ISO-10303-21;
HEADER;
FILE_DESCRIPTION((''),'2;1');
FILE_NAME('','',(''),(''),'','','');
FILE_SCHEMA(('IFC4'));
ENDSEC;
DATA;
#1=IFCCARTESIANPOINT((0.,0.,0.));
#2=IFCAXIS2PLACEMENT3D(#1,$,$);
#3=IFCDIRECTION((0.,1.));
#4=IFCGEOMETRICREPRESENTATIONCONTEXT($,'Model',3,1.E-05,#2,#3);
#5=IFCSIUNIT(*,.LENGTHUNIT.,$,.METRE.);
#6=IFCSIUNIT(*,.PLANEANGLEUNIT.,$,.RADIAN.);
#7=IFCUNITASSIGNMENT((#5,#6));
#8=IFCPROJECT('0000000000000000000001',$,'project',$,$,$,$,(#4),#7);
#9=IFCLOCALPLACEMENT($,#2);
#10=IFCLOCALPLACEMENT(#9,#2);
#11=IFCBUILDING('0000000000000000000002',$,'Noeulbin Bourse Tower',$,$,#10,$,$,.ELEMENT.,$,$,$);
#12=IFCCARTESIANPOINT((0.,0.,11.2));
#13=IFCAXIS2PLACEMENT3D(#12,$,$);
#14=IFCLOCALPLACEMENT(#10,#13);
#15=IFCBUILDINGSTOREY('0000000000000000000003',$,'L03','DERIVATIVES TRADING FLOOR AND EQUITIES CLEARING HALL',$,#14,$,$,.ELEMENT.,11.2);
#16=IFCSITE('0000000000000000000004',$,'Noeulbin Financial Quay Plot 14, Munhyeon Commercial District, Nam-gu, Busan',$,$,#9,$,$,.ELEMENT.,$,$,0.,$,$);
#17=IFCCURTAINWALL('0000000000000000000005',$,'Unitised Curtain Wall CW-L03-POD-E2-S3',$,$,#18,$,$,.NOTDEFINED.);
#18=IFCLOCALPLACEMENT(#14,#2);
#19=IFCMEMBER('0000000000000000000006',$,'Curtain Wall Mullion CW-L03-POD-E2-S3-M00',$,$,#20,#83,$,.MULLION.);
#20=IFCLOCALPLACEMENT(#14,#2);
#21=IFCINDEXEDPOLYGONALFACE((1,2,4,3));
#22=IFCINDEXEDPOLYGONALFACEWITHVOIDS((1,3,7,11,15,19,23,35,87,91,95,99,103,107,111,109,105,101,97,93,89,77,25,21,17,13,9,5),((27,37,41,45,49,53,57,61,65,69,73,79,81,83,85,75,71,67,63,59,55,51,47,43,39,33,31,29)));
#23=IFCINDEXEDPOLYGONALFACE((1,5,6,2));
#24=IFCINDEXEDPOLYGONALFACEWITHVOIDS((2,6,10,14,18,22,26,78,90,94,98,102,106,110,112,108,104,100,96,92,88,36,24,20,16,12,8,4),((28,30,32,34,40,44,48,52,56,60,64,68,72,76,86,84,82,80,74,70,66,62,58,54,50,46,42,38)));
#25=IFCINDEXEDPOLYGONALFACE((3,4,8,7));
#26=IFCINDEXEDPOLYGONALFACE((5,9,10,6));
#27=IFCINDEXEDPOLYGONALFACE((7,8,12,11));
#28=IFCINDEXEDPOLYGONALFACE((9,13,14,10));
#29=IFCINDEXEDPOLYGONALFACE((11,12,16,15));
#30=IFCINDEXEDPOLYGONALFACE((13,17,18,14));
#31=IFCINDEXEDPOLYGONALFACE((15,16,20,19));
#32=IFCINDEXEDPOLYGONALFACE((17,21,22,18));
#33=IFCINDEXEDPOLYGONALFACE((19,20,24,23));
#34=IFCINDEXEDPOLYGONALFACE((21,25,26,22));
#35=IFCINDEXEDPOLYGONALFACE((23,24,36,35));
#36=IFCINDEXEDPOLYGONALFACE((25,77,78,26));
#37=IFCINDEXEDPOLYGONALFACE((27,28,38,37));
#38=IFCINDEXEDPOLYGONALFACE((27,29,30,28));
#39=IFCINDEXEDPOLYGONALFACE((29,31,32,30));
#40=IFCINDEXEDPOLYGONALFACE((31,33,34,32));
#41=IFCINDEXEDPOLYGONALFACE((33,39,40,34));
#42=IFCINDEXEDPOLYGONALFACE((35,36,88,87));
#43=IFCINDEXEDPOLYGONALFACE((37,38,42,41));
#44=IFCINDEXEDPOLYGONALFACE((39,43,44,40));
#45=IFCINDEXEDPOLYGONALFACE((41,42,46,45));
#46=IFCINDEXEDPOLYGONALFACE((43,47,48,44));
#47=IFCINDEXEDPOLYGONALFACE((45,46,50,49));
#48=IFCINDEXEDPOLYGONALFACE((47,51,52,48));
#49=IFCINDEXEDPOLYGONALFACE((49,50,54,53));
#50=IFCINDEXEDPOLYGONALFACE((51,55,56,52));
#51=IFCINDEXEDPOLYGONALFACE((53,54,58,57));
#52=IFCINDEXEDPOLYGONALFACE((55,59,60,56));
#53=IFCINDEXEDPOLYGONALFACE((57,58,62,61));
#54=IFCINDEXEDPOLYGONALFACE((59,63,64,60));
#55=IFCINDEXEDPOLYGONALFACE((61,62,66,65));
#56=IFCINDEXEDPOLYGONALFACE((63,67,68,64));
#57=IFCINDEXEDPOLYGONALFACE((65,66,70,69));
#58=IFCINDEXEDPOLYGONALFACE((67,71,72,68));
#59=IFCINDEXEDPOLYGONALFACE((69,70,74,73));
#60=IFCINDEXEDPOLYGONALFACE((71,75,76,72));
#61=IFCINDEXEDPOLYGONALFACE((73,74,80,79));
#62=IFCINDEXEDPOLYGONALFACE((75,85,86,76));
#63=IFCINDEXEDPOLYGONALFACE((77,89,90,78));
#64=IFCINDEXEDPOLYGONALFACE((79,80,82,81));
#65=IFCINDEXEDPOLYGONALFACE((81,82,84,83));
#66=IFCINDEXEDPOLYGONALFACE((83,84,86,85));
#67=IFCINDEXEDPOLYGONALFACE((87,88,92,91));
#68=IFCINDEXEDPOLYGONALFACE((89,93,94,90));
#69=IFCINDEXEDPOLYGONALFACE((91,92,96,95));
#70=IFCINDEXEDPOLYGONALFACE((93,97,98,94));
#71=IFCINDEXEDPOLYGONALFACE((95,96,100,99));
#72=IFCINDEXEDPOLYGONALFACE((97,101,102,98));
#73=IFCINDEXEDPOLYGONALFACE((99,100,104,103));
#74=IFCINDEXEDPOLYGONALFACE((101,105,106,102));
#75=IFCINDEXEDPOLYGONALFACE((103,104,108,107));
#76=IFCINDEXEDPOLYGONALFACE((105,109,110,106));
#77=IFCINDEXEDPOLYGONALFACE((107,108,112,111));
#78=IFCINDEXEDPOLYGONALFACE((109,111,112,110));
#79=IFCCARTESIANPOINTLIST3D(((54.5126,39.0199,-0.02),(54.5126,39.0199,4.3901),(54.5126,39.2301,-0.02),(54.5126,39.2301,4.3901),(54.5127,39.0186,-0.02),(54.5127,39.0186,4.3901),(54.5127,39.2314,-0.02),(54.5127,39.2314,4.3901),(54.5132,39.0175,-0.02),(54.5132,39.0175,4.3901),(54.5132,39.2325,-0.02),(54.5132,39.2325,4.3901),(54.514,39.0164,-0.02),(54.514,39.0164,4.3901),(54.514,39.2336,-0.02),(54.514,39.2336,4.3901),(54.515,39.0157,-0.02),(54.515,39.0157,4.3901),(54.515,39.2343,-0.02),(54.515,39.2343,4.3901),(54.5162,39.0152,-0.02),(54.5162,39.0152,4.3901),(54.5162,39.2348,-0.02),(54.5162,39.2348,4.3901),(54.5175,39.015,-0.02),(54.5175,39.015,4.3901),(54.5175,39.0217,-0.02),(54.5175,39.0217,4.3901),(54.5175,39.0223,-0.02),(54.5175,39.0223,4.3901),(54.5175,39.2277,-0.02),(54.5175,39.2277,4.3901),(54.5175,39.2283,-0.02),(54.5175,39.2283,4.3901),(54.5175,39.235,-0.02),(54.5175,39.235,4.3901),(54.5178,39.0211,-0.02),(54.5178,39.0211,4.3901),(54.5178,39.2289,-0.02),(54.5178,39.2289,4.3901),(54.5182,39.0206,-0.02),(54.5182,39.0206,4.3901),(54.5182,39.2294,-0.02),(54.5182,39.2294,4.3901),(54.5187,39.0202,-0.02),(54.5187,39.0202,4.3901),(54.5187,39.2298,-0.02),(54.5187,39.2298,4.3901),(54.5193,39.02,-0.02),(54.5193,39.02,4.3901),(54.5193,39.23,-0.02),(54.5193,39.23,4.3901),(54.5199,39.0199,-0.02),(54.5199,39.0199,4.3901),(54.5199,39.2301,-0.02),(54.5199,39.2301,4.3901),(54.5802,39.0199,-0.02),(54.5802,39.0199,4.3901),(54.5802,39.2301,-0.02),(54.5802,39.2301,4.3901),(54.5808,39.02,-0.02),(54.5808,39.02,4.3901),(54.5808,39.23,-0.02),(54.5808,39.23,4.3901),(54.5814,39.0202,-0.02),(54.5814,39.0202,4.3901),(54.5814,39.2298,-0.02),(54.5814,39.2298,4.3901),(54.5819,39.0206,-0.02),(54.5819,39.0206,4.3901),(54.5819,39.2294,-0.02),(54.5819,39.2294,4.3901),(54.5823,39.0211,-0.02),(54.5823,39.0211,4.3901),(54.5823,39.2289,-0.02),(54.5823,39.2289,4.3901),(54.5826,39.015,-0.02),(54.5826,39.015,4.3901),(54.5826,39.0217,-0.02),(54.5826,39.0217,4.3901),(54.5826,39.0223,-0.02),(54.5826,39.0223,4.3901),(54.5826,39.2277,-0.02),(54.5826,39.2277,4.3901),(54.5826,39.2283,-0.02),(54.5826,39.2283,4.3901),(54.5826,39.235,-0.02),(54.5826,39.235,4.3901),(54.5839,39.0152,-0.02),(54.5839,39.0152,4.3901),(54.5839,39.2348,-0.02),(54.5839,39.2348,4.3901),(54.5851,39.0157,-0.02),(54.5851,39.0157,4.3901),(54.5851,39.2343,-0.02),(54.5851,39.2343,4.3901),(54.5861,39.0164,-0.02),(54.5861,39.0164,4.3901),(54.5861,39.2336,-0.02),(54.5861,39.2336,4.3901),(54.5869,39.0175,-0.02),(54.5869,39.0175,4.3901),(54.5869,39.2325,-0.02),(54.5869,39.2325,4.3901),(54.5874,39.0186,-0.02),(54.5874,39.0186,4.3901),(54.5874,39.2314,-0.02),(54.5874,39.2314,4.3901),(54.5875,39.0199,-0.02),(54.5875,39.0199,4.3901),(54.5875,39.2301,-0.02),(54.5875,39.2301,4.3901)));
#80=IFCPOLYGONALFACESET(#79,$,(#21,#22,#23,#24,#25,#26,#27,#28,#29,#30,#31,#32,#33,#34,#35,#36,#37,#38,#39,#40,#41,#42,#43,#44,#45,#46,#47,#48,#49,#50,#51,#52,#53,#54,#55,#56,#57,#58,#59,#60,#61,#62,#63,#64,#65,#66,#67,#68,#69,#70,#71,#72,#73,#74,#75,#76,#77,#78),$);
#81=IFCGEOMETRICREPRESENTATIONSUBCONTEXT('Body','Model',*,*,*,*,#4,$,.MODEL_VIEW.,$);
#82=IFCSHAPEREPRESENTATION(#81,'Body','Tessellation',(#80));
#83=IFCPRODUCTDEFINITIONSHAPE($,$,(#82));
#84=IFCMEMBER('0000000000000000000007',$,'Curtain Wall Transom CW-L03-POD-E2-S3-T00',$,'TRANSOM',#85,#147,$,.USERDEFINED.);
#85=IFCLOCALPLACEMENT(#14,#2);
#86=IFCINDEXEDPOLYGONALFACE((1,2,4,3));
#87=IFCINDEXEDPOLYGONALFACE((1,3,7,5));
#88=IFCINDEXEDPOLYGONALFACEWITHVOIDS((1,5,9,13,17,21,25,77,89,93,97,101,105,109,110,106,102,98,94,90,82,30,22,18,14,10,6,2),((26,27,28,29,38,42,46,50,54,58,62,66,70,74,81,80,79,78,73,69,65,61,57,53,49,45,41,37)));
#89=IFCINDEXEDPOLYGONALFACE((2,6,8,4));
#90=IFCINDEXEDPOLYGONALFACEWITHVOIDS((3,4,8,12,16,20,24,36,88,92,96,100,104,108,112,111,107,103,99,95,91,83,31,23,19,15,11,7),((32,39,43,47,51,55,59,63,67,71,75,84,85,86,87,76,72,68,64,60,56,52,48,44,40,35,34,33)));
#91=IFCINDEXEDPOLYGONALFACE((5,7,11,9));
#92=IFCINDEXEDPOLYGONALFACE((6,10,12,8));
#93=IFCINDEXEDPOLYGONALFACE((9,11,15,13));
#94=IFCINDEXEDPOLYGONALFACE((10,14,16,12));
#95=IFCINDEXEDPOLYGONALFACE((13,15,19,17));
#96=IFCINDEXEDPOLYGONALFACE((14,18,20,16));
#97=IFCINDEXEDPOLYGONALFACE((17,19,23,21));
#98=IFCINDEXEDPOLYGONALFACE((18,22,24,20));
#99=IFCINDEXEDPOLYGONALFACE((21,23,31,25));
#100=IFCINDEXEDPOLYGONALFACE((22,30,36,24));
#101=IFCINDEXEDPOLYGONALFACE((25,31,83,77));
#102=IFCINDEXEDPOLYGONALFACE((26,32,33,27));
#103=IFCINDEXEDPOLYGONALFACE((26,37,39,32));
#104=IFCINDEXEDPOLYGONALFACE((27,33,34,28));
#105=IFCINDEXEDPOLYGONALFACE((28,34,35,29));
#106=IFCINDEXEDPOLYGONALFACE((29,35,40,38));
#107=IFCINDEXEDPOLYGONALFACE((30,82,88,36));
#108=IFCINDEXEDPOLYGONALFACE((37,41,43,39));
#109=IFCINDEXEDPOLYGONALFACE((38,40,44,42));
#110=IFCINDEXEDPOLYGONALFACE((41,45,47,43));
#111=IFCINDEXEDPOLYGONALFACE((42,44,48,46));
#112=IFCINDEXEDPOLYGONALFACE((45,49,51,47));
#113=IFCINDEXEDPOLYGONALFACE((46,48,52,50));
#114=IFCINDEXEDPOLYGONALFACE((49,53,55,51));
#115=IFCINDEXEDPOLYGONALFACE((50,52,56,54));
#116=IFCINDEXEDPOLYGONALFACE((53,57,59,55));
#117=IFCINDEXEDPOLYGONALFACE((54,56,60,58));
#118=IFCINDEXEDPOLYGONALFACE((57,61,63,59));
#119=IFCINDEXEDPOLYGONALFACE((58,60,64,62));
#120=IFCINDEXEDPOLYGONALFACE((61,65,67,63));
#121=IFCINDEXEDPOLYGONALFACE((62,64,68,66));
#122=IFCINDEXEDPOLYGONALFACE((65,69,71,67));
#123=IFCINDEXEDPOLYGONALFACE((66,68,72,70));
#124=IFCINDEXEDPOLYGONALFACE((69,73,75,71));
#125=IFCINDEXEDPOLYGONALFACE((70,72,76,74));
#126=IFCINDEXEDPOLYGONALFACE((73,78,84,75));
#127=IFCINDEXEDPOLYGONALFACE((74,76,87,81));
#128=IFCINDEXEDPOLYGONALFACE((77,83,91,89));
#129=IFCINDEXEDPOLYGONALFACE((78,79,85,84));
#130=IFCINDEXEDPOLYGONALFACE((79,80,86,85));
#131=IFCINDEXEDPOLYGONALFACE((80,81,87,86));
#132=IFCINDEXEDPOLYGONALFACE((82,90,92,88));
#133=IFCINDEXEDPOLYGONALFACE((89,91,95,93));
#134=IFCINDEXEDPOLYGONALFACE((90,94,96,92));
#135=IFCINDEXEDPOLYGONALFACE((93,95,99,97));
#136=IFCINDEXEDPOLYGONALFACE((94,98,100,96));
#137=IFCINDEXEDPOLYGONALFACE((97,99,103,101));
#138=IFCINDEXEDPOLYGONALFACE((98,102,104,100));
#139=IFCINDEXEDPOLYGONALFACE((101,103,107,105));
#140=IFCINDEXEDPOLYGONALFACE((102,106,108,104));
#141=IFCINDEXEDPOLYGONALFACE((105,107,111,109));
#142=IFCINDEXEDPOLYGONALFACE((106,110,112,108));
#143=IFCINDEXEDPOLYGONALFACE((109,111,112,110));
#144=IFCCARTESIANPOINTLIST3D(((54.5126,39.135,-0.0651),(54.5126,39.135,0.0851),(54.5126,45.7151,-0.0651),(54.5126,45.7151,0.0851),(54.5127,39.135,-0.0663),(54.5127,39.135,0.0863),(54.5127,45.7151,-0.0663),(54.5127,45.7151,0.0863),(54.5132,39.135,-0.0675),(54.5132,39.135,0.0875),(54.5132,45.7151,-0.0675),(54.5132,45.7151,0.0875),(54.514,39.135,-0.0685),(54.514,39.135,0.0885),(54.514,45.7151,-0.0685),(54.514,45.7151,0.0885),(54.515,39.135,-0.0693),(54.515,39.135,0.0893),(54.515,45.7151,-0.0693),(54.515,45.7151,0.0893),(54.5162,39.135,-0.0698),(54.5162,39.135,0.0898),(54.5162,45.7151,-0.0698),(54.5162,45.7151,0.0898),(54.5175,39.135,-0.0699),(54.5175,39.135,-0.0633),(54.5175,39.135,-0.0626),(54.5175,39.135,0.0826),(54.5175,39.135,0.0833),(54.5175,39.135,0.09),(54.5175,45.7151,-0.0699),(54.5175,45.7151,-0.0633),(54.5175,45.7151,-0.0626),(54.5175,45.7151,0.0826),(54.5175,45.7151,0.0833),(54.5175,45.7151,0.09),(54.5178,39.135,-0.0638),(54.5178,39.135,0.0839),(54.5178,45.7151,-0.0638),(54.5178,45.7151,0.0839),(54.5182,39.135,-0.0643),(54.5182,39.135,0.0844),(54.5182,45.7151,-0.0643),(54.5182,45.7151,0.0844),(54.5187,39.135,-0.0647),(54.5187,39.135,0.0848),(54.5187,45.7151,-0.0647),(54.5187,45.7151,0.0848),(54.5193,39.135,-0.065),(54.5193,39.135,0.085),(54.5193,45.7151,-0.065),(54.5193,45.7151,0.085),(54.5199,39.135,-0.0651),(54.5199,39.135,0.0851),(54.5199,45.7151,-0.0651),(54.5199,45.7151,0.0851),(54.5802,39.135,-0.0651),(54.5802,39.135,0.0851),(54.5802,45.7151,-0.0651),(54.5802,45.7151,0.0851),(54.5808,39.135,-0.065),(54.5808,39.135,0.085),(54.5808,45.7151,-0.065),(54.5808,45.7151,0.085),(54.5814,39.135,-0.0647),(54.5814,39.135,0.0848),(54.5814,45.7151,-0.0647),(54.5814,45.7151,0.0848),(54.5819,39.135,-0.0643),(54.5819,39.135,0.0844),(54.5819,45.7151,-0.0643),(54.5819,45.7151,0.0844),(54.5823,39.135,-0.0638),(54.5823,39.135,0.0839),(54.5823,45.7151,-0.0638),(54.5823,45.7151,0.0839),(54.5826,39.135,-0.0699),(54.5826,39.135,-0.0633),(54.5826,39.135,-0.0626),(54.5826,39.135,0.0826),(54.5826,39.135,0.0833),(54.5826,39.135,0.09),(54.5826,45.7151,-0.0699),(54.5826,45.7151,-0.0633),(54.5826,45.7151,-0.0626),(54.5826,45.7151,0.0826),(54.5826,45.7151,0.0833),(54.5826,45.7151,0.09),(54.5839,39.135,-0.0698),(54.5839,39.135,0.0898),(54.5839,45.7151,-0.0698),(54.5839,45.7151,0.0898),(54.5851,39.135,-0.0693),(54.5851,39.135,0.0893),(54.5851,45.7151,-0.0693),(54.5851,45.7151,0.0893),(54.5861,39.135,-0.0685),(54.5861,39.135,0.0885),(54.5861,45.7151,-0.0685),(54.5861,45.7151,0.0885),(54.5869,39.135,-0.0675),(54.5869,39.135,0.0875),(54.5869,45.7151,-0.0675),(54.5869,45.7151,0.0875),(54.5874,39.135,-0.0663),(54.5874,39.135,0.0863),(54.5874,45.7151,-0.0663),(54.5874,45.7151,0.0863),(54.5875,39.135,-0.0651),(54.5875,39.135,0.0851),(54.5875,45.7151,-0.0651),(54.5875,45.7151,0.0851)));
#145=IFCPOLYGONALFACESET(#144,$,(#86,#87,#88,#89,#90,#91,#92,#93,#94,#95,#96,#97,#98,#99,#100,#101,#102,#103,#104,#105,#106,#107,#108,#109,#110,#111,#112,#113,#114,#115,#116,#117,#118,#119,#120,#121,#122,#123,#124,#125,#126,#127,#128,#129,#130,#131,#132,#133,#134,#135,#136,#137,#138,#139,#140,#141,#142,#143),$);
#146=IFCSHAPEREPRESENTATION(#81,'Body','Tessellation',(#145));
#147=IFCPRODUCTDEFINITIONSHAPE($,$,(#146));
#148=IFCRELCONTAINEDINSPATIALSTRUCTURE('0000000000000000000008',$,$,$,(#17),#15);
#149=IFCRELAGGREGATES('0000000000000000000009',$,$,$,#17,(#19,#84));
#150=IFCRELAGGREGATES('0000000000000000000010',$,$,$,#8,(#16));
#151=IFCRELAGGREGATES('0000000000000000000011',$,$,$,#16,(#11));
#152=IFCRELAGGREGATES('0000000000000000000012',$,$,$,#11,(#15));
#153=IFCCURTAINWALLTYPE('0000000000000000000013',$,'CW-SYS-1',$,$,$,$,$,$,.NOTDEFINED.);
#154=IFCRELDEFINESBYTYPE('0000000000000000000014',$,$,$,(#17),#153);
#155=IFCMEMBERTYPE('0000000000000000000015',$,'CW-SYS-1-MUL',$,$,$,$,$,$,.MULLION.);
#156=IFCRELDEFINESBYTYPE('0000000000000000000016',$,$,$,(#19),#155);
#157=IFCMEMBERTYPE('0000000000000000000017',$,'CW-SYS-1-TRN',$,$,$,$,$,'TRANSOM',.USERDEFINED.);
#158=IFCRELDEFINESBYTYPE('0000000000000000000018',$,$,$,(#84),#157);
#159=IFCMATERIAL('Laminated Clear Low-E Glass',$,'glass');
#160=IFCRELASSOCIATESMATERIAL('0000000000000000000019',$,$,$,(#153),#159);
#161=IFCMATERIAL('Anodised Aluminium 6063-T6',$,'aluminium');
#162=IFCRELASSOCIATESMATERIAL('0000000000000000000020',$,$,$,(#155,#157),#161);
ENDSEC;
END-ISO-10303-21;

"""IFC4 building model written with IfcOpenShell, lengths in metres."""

from ifc_helpers import new_model, si_unit, direction, frame, origin, origin_2d, place, context, subcontext, project, spatial, hollow_rectangle, extrude, material, material_profile, profile_set, type_object, element, aggregate, save


model = new_model("IFC4")

# Units and contexts
model_context = context("Model", 3, precision=1e-05, world=origin(), true_north=direction((0.0, 1.0)))
body_context = subcontext(model_context, "Body", "Model", "MODEL_VIEW")
ifc_project = project(units=[si_unit("LENGTHUNIT", "METRE"), si_unit("PLANEANGLEUNIT", "RADIAN")], contexts=[model_context])

# Site, building, storey
site_placement = place(None, origin())
site = spatial("IfcSite", under=ifc_project, at=site_placement, Name="Noeulbin Financial Quay Plot 14, Munhyeon Commercial District, Nam-gu, Busan", CompositionType="ELEMENT", RefElevation=0.0)
building_placement = place(site_placement, origin())
building = spatial("IfcBuilding", under=site, at=building_placement, Name="Noeulbin Bourse Tower", CompositionType="ELEMENT")
storey_placement = place(building_placement, frame((0.0, 0.0, 11.2)))
storey = spatial("IfcBuildingStorey", under=building, at=storey_placement, Name="L03", Description="DERIVATIVES TRADING FLOOR AND EQUITIES CLEARING HALL", CompositionType="ELEMENT", Elevation=11.2)

# Curtain wall, members
ifc_material_1 = material(Name="Laminated Clear Low-E Glass", Category="glass")
curtain_wall_type = type_object("IfcCurtainWallType", Name="CW-SYS-1", PredefinedType="NOTDEFINED", material=ifc_material_1)
curtain_wall_placement = place(storey_placement, origin())
curtain_wall = element("IfcCurtainWall", 1, at=curtain_wall_placement, inside=storey, type_object=curtain_wall_type, Name="Unitised Curtain Wall CW-L03-POD-E2-S3", PredefinedType="NOTDEFINED")
ifc_material_2 = material(Name="Anodised Aluminium 6063-T6", Category="aluminium")
ifc_material_profile_1 = material_profile(ifc_material_2, hollow_rectangle(XDim=0.075, YDim=0.22, WallThickness=0.0049, InnerFilletRadius=0.0024, OuterFilletRadius=0.0049, at=origin_2d()), Name="ALU-MULL-75x220x5", Category="LoadBearing")
ifc_profile_set_1 = profile_set([ifc_material_profile_1], Name="Anodised Aluminium 6063-T6")
member_type_1 = type_object("IfcMemberType", Name="CW-SYS-1-MUL", PredefinedType="MULLION", material=ifc_profile_set_1)
member_1_placement = place(storey_placement, frame((54.55, 39.125, -0.02), z_axis=(0.0, 0.0, 1.0), x_axis=(1.0, 0.0, 0.0)))
member_1 = element("IfcMember", 2, at=member_1_placement, type_object=member_type_1, Name="Curtain Wall Mullion CW-L03-POD-E2-S3-M00", PredefinedType="MULLION", context=body_context, shape_type="SweptSolid", body=[
    extrude(hollow_rectangle(XDim=0.075, YDim=0.22, WallThickness=0.0049, InnerFilletRadius=0.0024, OuterFilletRadius=0.0049, at=origin_2d()), origin(), (0.0, 0.0, 1.0), 4.4102),
])
ifc_material_profile_2 = material_profile(ifc_material_2, hollow_rectangle(XDim=0.075, YDim=0.1599, WallThickness=0.0049, InnerFilletRadius=0.0024, OuterFilletRadius=0.0049, at=origin_2d()), Name="ALU-TRAN-75x160x5", Category="LoadBearing")
ifc_profile_set_2 = profile_set([ifc_material_profile_2], Name="Anodised Aluminium 6063-T6")
member_type_2 = type_object("IfcMemberType", Name="CW-SYS-1-TRN", ElementType="TRANSOM", PredefinedType="USERDEFINED", material=ifc_profile_set_2)
member_2_placement = place(storey_placement, frame((54.55, 39.135, 0.01), z_axis=(0.0, 1.0, 0.0), x_axis=(-1.0, 0.0, 0.0)))
member_2 = element("IfcMember", 3, at=member_2_placement, type_object=member_type_2, Name="Curtain Wall Transom CW-L03-POD-E2-S3-T00", ObjectType="TRANSOM", PredefinedType="USERDEFINED", context=body_context, shape_type="SweptSolid", body=[
    extrude(hollow_rectangle(XDim=0.075, YDim=0.1599, WallThickness=0.0049, InnerFilletRadius=0.0024, OuterFilletRadius=0.0049, at=origin_2d()), origin(), (0.0, 0.0, 1.0), 6.5801),
])
aggregate(curtain_wall, [member_1, member_2])

save(model, "model.ifc")
